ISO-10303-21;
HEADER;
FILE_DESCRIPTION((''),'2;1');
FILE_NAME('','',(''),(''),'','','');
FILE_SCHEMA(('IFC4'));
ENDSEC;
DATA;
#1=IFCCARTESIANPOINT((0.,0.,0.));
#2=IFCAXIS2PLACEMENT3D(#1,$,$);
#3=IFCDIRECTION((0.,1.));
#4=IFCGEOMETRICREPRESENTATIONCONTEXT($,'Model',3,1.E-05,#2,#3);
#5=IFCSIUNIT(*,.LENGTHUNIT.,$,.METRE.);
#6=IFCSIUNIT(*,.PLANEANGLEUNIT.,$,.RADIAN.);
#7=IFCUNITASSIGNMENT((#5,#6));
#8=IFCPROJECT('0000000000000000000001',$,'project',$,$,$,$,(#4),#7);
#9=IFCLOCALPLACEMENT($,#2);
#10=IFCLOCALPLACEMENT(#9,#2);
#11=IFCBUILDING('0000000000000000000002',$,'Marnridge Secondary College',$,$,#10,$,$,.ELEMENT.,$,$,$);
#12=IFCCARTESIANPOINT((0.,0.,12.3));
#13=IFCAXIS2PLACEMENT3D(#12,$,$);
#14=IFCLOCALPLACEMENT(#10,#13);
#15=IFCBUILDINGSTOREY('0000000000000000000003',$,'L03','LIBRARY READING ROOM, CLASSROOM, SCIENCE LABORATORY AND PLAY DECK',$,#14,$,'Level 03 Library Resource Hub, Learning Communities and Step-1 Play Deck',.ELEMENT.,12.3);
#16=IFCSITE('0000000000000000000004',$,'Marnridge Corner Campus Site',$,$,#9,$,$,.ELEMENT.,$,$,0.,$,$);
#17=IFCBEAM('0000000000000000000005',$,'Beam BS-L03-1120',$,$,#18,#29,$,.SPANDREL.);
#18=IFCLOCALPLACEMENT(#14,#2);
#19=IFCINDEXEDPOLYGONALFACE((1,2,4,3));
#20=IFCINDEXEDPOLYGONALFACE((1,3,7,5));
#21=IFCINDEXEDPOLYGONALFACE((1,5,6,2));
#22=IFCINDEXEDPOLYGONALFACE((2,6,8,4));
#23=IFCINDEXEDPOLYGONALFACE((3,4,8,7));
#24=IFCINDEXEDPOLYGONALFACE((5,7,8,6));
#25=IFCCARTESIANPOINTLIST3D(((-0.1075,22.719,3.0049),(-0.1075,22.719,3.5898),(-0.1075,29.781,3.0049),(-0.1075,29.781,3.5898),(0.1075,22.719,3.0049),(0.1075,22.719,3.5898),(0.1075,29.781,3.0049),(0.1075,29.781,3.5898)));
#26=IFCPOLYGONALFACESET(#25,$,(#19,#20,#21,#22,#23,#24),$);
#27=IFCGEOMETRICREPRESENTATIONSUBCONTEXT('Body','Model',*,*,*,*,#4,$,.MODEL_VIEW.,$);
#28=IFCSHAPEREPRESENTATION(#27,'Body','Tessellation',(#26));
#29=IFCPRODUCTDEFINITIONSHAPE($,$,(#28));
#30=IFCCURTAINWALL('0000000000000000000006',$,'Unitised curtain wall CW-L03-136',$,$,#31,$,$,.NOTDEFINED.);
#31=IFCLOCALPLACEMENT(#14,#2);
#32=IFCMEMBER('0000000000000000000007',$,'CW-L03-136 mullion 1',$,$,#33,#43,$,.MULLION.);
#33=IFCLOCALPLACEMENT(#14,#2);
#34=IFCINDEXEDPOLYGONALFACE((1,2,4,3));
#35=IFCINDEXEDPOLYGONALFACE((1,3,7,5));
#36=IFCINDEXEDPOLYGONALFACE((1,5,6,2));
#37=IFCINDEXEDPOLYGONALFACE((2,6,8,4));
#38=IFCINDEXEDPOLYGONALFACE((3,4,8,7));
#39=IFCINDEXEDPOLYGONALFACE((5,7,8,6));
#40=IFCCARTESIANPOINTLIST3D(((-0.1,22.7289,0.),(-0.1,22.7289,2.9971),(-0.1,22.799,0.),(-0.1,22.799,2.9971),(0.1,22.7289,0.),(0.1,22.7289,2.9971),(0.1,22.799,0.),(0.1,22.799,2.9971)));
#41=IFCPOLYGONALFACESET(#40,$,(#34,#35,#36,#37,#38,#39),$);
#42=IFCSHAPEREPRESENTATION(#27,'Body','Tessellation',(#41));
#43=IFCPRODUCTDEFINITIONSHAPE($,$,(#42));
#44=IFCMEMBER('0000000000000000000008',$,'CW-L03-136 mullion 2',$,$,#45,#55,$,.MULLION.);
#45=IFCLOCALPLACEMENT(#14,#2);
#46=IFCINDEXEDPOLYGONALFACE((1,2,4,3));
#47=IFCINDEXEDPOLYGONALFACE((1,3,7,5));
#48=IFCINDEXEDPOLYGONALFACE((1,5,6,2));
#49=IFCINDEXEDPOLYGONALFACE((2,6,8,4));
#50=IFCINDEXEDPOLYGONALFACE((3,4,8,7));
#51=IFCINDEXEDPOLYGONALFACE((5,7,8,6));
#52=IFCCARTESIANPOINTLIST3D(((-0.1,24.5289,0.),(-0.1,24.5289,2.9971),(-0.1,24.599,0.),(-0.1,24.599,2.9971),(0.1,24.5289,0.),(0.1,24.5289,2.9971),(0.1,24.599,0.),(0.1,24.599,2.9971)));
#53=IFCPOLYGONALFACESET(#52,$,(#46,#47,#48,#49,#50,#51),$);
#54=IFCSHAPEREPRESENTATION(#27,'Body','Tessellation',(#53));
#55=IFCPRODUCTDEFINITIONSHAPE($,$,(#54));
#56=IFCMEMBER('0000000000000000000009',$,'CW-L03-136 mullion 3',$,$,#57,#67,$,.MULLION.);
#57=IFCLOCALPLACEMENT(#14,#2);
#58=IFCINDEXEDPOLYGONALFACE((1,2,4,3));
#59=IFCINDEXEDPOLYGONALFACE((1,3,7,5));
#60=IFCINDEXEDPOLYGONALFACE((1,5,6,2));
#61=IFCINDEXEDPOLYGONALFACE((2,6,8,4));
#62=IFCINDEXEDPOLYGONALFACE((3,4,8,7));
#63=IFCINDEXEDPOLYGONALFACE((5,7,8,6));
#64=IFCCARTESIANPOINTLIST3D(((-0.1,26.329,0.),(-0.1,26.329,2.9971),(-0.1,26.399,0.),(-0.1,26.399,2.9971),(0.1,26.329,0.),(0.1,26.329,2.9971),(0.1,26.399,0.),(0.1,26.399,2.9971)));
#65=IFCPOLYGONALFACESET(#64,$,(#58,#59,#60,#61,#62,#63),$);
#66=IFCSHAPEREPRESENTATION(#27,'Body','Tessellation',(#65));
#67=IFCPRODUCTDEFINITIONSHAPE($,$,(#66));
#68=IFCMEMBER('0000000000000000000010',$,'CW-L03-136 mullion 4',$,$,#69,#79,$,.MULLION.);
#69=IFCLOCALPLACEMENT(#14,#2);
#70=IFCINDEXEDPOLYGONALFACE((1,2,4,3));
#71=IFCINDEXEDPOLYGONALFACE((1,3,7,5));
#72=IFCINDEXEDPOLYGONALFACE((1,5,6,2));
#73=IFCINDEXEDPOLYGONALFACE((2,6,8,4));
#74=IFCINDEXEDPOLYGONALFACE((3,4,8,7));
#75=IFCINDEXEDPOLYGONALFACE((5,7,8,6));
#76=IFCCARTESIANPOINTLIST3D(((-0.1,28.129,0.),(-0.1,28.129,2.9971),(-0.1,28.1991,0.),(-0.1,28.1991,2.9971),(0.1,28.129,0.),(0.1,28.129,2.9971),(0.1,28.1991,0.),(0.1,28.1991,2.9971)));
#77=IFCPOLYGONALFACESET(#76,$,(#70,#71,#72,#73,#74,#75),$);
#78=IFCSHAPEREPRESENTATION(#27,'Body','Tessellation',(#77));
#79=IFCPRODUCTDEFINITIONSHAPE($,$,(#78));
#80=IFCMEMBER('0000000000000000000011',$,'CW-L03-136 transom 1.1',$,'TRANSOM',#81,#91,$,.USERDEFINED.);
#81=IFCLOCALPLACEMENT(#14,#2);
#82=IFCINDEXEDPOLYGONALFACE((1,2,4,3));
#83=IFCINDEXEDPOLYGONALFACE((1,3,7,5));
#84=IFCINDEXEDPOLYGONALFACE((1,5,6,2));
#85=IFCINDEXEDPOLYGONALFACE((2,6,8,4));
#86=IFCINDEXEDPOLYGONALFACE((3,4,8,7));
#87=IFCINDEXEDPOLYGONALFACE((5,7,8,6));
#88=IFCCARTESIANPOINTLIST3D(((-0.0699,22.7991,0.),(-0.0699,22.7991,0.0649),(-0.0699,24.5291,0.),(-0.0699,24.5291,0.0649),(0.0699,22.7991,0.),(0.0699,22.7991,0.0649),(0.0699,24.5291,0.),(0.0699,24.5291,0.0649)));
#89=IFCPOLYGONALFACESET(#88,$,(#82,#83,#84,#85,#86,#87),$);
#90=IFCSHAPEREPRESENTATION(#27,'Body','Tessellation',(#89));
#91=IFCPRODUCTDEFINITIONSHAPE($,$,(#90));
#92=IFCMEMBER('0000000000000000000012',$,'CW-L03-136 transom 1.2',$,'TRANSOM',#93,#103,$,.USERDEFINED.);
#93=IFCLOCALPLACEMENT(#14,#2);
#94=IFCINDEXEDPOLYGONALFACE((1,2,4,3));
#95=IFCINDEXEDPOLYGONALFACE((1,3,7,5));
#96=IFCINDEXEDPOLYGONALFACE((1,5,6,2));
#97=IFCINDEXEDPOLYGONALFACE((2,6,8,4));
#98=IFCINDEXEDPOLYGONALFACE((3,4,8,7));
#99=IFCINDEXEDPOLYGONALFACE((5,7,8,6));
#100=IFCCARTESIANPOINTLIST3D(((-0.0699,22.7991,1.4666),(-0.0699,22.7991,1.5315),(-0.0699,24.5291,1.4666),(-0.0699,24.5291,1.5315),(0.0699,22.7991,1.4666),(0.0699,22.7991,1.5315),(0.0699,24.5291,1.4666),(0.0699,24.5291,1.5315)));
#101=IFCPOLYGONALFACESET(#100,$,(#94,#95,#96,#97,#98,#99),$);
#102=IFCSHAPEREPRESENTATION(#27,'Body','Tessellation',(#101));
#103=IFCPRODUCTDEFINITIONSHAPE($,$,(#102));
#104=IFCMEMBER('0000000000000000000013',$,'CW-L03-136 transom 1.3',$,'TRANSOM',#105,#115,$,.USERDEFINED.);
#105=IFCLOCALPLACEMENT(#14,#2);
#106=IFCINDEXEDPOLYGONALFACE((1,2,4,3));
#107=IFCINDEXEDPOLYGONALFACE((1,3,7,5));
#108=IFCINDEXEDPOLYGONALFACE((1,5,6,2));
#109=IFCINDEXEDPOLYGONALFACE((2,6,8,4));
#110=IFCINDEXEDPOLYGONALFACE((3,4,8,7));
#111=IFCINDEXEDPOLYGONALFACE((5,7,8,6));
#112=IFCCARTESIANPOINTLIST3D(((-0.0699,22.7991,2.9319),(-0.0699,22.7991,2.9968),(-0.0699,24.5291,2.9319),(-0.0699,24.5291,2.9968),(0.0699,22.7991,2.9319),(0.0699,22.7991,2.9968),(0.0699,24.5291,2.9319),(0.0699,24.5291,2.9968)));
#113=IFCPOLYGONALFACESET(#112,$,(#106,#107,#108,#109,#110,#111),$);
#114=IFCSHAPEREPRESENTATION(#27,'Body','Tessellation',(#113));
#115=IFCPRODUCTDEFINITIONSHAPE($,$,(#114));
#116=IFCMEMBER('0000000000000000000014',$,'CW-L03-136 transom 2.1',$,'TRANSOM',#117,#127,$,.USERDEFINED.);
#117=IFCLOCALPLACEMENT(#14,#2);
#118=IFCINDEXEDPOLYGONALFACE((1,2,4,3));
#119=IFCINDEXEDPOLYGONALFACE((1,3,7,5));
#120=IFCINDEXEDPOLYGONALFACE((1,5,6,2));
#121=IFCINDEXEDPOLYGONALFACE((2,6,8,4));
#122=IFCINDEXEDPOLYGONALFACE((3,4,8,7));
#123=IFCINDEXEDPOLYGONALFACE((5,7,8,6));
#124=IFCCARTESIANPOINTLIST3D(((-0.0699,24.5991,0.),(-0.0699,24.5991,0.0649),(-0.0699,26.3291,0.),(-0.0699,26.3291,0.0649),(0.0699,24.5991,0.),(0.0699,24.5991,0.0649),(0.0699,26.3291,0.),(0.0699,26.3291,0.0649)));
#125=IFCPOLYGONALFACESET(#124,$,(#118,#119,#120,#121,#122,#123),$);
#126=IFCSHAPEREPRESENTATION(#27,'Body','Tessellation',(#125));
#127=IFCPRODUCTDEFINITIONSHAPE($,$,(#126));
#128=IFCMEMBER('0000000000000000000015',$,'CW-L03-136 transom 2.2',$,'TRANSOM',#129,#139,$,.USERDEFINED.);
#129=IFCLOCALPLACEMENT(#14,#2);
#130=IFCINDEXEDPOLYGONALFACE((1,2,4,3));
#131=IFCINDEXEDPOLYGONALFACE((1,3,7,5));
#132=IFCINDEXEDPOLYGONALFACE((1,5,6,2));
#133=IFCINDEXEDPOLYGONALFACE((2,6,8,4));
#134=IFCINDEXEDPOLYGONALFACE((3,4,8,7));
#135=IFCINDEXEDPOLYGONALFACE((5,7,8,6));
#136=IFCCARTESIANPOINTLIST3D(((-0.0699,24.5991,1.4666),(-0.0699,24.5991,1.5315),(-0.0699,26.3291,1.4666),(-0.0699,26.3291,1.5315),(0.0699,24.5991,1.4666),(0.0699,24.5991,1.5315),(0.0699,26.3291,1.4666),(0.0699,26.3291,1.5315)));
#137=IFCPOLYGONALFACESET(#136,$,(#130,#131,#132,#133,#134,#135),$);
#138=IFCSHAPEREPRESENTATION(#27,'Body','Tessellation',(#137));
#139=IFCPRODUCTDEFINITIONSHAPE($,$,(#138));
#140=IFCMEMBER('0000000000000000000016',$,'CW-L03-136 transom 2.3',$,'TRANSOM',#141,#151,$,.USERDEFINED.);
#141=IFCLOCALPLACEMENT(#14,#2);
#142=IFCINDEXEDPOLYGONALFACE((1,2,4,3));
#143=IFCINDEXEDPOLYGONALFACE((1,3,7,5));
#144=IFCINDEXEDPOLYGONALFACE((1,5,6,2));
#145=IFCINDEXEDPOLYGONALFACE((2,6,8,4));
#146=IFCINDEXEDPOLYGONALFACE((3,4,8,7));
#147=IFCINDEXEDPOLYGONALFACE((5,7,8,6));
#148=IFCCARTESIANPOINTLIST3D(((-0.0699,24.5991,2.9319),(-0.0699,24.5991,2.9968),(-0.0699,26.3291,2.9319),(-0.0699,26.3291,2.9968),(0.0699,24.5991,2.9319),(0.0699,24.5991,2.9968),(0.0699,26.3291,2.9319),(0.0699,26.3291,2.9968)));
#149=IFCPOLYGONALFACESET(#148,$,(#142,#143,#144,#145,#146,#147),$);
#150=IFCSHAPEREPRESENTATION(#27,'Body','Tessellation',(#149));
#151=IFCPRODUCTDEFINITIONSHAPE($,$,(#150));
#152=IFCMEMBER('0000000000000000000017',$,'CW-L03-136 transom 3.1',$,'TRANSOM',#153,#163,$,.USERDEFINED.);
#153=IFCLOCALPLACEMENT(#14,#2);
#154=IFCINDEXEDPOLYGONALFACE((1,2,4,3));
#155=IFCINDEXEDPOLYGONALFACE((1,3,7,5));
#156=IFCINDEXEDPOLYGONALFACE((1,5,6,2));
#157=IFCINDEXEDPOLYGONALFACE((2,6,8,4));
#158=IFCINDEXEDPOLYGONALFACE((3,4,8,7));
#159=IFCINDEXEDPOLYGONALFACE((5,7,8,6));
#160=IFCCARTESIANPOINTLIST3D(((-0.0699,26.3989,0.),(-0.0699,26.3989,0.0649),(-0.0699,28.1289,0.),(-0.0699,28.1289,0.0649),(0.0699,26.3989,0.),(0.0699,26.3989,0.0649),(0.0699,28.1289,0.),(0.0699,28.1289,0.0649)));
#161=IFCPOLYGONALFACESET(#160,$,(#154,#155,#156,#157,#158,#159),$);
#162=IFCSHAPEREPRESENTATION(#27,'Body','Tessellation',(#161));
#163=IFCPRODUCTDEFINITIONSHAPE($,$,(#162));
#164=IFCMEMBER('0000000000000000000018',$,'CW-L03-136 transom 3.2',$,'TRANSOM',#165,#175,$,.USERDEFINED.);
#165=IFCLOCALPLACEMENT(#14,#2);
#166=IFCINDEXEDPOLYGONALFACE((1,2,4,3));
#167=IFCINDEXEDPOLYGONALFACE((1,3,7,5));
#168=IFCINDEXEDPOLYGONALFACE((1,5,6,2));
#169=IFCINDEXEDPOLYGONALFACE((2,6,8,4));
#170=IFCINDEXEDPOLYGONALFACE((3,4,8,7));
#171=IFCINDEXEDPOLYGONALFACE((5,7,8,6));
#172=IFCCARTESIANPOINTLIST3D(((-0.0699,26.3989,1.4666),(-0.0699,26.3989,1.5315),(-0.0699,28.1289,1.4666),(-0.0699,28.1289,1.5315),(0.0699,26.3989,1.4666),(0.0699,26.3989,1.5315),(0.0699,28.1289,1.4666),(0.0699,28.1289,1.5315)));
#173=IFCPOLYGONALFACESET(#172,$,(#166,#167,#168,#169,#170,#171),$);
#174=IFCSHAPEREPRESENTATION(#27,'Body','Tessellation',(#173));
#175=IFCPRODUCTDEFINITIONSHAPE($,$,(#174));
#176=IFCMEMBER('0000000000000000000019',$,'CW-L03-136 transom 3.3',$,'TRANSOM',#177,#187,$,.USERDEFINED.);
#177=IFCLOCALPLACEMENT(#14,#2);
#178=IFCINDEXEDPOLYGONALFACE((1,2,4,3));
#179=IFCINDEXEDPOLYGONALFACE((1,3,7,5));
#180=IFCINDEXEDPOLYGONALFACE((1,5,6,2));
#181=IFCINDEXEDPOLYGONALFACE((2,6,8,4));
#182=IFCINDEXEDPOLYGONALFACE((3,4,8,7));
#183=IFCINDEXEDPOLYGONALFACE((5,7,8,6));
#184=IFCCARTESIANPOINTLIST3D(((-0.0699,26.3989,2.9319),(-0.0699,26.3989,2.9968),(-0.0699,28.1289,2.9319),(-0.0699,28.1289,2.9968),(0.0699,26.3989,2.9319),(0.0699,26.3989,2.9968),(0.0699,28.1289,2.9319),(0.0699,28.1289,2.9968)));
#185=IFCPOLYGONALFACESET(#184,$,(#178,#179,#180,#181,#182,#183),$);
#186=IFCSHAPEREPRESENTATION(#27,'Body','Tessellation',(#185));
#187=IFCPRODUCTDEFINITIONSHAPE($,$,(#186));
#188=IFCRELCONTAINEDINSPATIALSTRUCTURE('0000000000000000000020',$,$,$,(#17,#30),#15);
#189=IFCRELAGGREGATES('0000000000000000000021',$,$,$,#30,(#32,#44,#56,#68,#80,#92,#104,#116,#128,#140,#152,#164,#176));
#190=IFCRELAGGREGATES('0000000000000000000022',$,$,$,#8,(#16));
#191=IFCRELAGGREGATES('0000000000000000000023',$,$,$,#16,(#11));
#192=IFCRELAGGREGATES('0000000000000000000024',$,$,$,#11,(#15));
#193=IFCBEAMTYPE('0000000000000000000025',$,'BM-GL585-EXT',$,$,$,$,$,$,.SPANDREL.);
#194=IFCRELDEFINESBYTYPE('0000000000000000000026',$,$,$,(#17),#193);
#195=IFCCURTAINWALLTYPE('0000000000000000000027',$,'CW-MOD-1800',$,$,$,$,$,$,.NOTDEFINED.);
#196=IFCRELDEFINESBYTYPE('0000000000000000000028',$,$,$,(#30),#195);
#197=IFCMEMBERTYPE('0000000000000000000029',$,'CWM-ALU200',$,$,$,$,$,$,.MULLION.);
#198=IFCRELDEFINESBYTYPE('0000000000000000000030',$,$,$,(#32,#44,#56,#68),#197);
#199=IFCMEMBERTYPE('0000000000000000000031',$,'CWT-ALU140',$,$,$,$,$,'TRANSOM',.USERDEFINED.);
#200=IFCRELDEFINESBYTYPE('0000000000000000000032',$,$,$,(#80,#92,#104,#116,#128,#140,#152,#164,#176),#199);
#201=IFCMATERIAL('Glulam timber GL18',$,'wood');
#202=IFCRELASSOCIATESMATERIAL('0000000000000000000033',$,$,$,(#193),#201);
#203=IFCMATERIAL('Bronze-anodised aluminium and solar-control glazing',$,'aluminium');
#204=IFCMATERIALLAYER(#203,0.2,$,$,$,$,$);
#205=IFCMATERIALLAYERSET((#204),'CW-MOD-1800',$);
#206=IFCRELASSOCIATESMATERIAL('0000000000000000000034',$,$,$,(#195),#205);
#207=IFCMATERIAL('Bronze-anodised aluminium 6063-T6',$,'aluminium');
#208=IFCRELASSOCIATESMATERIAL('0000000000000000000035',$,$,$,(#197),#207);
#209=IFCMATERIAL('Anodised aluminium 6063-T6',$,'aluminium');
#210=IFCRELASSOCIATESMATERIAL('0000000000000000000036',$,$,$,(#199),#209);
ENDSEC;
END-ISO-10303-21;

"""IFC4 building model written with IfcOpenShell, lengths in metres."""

from ifc_helpers import new_model, si_unit, direction, frame, origin, origin_2d, place, context, subcontext, project, spatial, rectangle, extrude, material, layer, layer_set, material_profile, profile_set, type_object, element, aggregate, save


model = new_model("IFC4")

# Units and contexts
model_context = context("Model", 3, precision=1e-05, world=origin(), true_north=direction((0.0, 1.0)))
body_context = subcontext(model_context, "Body", "Model", "MODEL_VIEW")
ifc_project = project(units=[si_unit("LENGTHUNIT", "METRE"), si_unit("PLANEANGLEUNIT", "RADIAN")], contexts=[model_context])

# Site, building, storey
site_placement = place(None, origin())
site = spatial("IfcSite", under=ifc_project, at=site_placement, Name="Marnridge Corner Campus Site", CompositionType="ELEMENT", RefElevation=0.0)
building_placement = place(site_placement, origin())
building = spatial("IfcBuilding", under=site, at=building_placement, Name="Marnridge Secondary College", CompositionType="ELEMENT")
storey_placement = place(building_placement, frame((0.0, 0.0, 12.3)))
storey = spatial("IfcBuildingStorey", under=building, at=storey_placement, Name="L03", Description="LIBRARY READING ROOM, CLASSROOM, SCIENCE LABORATORY AND PLAY DECK", LongName="Level 03 Library Resource Hub, Learning Communities and Step-1 Play Deck", CompositionType="ELEMENT", Elevation=12.3)

# Beam
ifc_material_1 = material(Name="Glulam timber GL18", Category="wood")
ifc_material_profile_1 = material_profile(ifc_material_1, rectangle(XDim=0.2151, YDim=0.585, at=origin_2d()), Name="GL18 215x585")
ifc_profile_set_1 = profile_set([ifc_material_profile_1], Name="Glulam timber GL18")
beam_type = type_object("IfcBeamType", Name="BM-GL585-EXT", PredefinedType="SPANDREL", material=ifc_profile_set_1)
beam_placement = place(storey_placement, frame((0.0, 22.719, 3.2974), z_axis=(0.0, 1.0, 0.0), x_axis=(-1.0, 0.0, 0.0)))
element("IfcBeam", 1, at=beam_placement, inside=storey, type_object=beam_type, Name="Beam BS-L03-1120", PredefinedType="SPANDREL", context=body_context, shape_type="SweptSolid", body=[
    extrude(rectangle(XDim=0.2151, YDim=0.585, at=origin_2d()), origin(), (0.0, 0.0, 1.0), 7.062),
])

# Curtain wall, members
ifc_material_2 = material(Name="Bronze-anodised aluminium and solar-control glazing", Category="aluminium")
ifc_layer_1 = layer(ifc_material_2, 0.2)
ifc_layer_set_1 = layer_set([ifc_layer_1], Name="CW-MOD-1800")
curtain_wall_type = type_object("IfcCurtainWallType", Name="CW-MOD-1800", PredefinedType="NOTDEFINED", material=ifc_layer_set_1)
curtain_wall_placement = place(storey_placement, origin())
curtain_wall = element("IfcCurtainWall", 2, at=curtain_wall_placement, inside=storey, type_object=curtain_wall_type, Name="Unitised curtain wall CW-L03-136", PredefinedType="NOTDEFINED")
ifc_material_3 = material(Name="Bronze-anodised aluminium 6063-T6", Category="aluminium")
ifc_material_profile_2 = material_profile(ifc_material_3, rectangle(XDim=0.0701, YDim=0.2, at=origin_2d()), Name="ALU 70x200")
ifc_profile_set_2 = profile_set([ifc_material_profile_2], Name="Bronze-anodised aluminium 6063-T6")
member_type_1 = type_object("IfcMemberType", Name="CWM-ALU200", PredefinedType="MULLION", material=ifc_profile_set_2)
member_1_placement = place(storey_placement, frame((0.0, 22.7639, 0.0), z_axis=(0.0, 0.0, 1.0), x_axis=(0.0, 1.0, 0.0)))
member_1 = element("IfcMember", 3, at=member_1_placement, type_object=member_type_1, Name="CW-L03-136 mullion 1", PredefinedType="MULLION", context=body_context, shape_type="SweptSolid", body=[
    extrude(rectangle(XDim=0.0701, YDim=0.2, at=origin_2d()), origin(), (0.0, 0.0, 1.0), 2.9971),
])
member_2_placement = place(storey_placement, frame((0.0, 24.564, 0.0), z_axis=(0.0, 0.0, 1.0), x_axis=(0.0, 1.0, 0.0)))
member_2 = element("IfcMember", 4, at=member_2_placement, type_object=member_type_1, Name="CW-L03-136 mullion 2", PredefinedType="MULLION", context=body_context, shape_type="SweptSolid", body=[
    extrude(rectangle(XDim=0.0701, YDim=0.2, at=origin_2d()), origin(), (0.0, 0.0, 1.0), 2.9971),
])
member_3_placement = place(storey_placement, frame((0.0, 26.364, 0.0), z_axis=(0.0, 0.0, 1.0), x_axis=(0.0, 1.0, 0.0)))
member_3 = element("IfcMember", 5, at=member_3_placement, type_object=member_type_1, Name="CW-L03-136 mullion 3", PredefinedType="MULLION", context=body_context, shape_type="SweptSolid", body=[
    extrude(rectangle(XDim=0.0701, YDim=0.2, at=origin_2d()), origin(), (0.0, 0.0, 1.0), 2.9971),
])
member_4_placement = place(storey_placement, frame((0.0, 28.1641, 0.0), z_axis=(0.0, 0.0, 1.0), x_axis=(0.0, 1.0, 0.0)))
member_4 = element("IfcMember", 6, at=member_4_placement, type_object=member_type_1, Name="CW-L03-136 mullion 4", PredefinedType="MULLION", context=body_context, shape_type="SweptSolid", body=[
    extrude(rectangle(XDim=0.0701, YDim=0.2, at=origin_2d()), origin(), (0.0, 0.0, 1.0), 2.9971),
])
ifc_material_4 = material(Name="Anodised aluminium 6063-T6", Category="aluminium")
ifc_material_profile_3 = material_profile(ifc_material_4, rectangle(XDim=0.0649, YDim=0.1399, at=origin_2d()), Name="ALU 65x140")
ifc_profile_set_3 = profile_set([ifc_material_profile_3], Name="Anodised aluminium 6063-T6")
member_type_2 = type_object("IfcMemberType", Name="CWT-ALU140", ElementType="TRANSOM", PredefinedType="USERDEFINED", material=ifc_profile_set_3)
member_5_placement = place(storey_placement, frame((0.0, 22.7991, 0.0325), z_axis=(0.0, 1.0, 0.0), x_axis=(0.0, 0.0, 1.0)))
member_5 = element("IfcMember", 7, at=member_5_placement, type_object=member_type_2, Name="CW-L03-136 transom 1.1", ObjectType="TRANSOM", PredefinedType="USERDEFINED", context=body_context, shape_type="SweptSolid", body=[
    extrude(rectangle(XDim=0.0649, YDim=0.1399, at=origin_2d()), origin(), (0.0, 0.0, 1.0), 1.73),
])
member_6_placement = place(storey_placement, frame((0.0, 22.7991, 1.499), z_axis=(0.0, 1.0, 0.0), x_axis=(0.0, 0.0, 1.0)))
member_6 = element("IfcMember", 8, at=member_6_placement, type_object=member_type_2, Name="CW-L03-136 transom 1.2", ObjectType="TRANSOM", PredefinedType="USERDEFINED", context=body_context, shape_type="SweptSolid", body=[
    extrude(rectangle(XDim=0.0649, YDim=0.1399, at=origin_2d()), origin(), (0.0, 0.0, 1.0), 1.73),
])
member_7_placement = place(storey_placement, frame((0.0, 22.7991, 2.9644), z_axis=(0.0, 1.0, 0.0), x_axis=(0.0, 0.0, 1.0)))
member_7 = element("IfcMember", 9, at=member_7_placement, type_object=member_type_2, Name="CW-L03-136 transom 1.3", ObjectType="TRANSOM", PredefinedType="USERDEFINED", context=body_context, shape_type="SweptSolid", body=[
    extrude(rectangle(XDim=0.0649, YDim=0.1399, at=origin_2d()), origin(), (0.0, 0.0, 1.0), 1.73),
])
member_8_placement = place(storey_placement, frame((0.0, 24.5991, 0.0325), z_axis=(0.0, 1.0, 0.0), x_axis=(0.0, 0.0, 1.0)))
member_8 = element("IfcMember", 10, at=member_8_placement, type_object=member_type_2, Name="CW-L03-136 transom 2.1", ObjectType="TRANSOM", PredefinedType="USERDEFINED", context=body_context, shape_type="SweptSolid", body=[
    extrude(rectangle(XDim=0.0649, YDim=0.1399, at=origin_2d()), origin(), (0.0, 0.0, 1.0), 1.73),
])
member_9_placement = place(storey_placement, frame((0.0, 24.5991, 1.499), z_axis=(0.0, 1.0, 0.0), x_axis=(0.0, 0.0, 1.0)))
member_9 = element("IfcMember", 11, at=member_9_placement, type_object=member_type_2, Name="CW-L03-136 transom 2.2", ObjectType="TRANSOM", PredefinedType="USERDEFINED", context=body_context, shape_type="SweptSolid", body=[
    extrude(rectangle(XDim=0.0649, YDim=0.1399, at=origin_2d()), origin(), (0.0, 0.0, 1.0), 1.73),
])
member_10_placement = place(storey_placement, frame((0.0, 24.5991, 2.9644), z_axis=(0.0, 1.0, 0.0), x_axis=(0.0, 0.0, 1.0)))
member_10 = element("IfcMember", 12, at=member_10_placement, type_object=member_type_2, Name="CW-L03-136 transom 2.3", ObjectType="TRANSOM", PredefinedType="USERDEFINED", context=body_context, shape_type="SweptSolid", body=[
    extrude(rectangle(XDim=0.0649, YDim=0.1399, at=origin_2d()), origin(), (0.0, 0.0, 1.0), 1.73),
])
member_11_placement = place(storey_placement, frame((0.0, 26.3989, 0.0325), z_axis=(0.0, 1.0, 0.0), x_axis=(0.0, 0.0, 1.0)))
member_11 = element("IfcMember", 13, at=member_11_placement, type_object=member_type_2, Name="CW-L03-136 transom 3.1", ObjectType="TRANSOM", PredefinedType="USERDEFINED", context=body_context, shape_type="SweptSolid", body=[
    extrude(rectangle(XDim=0.0649, YDim=0.1399, at=origin_2d()), origin(), (0.0, 0.0, 1.0), 1.73),
])
member_12_placement = place(storey_placement, frame((0.0, 26.3989, 1.499), z_axis=(0.0, 1.0, 0.0), x_axis=(0.0, 0.0, 1.0)))
member_12 = element("IfcMember", 14, at=member_12_placement, type_object=member_type_2, Name="CW-L03-136 transom 3.2", ObjectType="TRANSOM", PredefinedType="USERDEFINED", context=body_context, shape_type="SweptSolid", body=[
    extrude(rectangle(XDim=0.0649, YDim=0.1399, at=origin_2d()), origin(), (0.0, 0.0, 1.0), 1.73),
])
member_13_placement = place(storey_placement, frame((0.0, 26.3989, 2.9644), z_axis=(0.0, 1.0, 0.0), x_axis=(0.0, 0.0, 1.0)))
member_13 = element("IfcMember", 15, at=member_13_placement, type_object=member_type_2, Name="CW-L03-136 transom 3.3", ObjectType="TRANSOM", PredefinedType="USERDEFINED", context=body_context, shape_type="SweptSolid", body=[
    extrude(rectangle(XDim=0.0649, YDim=0.1399, at=origin_2d()), origin(), (0.0, 0.0, 1.0), 1.73),
])
aggregate(curtain_wall, [member_1, member_2, member_3, member_4, member_5, member_6, member_7, member_8, member_9, member_10, member_11, member_12, member_13])

save(model, "model.ifc")
